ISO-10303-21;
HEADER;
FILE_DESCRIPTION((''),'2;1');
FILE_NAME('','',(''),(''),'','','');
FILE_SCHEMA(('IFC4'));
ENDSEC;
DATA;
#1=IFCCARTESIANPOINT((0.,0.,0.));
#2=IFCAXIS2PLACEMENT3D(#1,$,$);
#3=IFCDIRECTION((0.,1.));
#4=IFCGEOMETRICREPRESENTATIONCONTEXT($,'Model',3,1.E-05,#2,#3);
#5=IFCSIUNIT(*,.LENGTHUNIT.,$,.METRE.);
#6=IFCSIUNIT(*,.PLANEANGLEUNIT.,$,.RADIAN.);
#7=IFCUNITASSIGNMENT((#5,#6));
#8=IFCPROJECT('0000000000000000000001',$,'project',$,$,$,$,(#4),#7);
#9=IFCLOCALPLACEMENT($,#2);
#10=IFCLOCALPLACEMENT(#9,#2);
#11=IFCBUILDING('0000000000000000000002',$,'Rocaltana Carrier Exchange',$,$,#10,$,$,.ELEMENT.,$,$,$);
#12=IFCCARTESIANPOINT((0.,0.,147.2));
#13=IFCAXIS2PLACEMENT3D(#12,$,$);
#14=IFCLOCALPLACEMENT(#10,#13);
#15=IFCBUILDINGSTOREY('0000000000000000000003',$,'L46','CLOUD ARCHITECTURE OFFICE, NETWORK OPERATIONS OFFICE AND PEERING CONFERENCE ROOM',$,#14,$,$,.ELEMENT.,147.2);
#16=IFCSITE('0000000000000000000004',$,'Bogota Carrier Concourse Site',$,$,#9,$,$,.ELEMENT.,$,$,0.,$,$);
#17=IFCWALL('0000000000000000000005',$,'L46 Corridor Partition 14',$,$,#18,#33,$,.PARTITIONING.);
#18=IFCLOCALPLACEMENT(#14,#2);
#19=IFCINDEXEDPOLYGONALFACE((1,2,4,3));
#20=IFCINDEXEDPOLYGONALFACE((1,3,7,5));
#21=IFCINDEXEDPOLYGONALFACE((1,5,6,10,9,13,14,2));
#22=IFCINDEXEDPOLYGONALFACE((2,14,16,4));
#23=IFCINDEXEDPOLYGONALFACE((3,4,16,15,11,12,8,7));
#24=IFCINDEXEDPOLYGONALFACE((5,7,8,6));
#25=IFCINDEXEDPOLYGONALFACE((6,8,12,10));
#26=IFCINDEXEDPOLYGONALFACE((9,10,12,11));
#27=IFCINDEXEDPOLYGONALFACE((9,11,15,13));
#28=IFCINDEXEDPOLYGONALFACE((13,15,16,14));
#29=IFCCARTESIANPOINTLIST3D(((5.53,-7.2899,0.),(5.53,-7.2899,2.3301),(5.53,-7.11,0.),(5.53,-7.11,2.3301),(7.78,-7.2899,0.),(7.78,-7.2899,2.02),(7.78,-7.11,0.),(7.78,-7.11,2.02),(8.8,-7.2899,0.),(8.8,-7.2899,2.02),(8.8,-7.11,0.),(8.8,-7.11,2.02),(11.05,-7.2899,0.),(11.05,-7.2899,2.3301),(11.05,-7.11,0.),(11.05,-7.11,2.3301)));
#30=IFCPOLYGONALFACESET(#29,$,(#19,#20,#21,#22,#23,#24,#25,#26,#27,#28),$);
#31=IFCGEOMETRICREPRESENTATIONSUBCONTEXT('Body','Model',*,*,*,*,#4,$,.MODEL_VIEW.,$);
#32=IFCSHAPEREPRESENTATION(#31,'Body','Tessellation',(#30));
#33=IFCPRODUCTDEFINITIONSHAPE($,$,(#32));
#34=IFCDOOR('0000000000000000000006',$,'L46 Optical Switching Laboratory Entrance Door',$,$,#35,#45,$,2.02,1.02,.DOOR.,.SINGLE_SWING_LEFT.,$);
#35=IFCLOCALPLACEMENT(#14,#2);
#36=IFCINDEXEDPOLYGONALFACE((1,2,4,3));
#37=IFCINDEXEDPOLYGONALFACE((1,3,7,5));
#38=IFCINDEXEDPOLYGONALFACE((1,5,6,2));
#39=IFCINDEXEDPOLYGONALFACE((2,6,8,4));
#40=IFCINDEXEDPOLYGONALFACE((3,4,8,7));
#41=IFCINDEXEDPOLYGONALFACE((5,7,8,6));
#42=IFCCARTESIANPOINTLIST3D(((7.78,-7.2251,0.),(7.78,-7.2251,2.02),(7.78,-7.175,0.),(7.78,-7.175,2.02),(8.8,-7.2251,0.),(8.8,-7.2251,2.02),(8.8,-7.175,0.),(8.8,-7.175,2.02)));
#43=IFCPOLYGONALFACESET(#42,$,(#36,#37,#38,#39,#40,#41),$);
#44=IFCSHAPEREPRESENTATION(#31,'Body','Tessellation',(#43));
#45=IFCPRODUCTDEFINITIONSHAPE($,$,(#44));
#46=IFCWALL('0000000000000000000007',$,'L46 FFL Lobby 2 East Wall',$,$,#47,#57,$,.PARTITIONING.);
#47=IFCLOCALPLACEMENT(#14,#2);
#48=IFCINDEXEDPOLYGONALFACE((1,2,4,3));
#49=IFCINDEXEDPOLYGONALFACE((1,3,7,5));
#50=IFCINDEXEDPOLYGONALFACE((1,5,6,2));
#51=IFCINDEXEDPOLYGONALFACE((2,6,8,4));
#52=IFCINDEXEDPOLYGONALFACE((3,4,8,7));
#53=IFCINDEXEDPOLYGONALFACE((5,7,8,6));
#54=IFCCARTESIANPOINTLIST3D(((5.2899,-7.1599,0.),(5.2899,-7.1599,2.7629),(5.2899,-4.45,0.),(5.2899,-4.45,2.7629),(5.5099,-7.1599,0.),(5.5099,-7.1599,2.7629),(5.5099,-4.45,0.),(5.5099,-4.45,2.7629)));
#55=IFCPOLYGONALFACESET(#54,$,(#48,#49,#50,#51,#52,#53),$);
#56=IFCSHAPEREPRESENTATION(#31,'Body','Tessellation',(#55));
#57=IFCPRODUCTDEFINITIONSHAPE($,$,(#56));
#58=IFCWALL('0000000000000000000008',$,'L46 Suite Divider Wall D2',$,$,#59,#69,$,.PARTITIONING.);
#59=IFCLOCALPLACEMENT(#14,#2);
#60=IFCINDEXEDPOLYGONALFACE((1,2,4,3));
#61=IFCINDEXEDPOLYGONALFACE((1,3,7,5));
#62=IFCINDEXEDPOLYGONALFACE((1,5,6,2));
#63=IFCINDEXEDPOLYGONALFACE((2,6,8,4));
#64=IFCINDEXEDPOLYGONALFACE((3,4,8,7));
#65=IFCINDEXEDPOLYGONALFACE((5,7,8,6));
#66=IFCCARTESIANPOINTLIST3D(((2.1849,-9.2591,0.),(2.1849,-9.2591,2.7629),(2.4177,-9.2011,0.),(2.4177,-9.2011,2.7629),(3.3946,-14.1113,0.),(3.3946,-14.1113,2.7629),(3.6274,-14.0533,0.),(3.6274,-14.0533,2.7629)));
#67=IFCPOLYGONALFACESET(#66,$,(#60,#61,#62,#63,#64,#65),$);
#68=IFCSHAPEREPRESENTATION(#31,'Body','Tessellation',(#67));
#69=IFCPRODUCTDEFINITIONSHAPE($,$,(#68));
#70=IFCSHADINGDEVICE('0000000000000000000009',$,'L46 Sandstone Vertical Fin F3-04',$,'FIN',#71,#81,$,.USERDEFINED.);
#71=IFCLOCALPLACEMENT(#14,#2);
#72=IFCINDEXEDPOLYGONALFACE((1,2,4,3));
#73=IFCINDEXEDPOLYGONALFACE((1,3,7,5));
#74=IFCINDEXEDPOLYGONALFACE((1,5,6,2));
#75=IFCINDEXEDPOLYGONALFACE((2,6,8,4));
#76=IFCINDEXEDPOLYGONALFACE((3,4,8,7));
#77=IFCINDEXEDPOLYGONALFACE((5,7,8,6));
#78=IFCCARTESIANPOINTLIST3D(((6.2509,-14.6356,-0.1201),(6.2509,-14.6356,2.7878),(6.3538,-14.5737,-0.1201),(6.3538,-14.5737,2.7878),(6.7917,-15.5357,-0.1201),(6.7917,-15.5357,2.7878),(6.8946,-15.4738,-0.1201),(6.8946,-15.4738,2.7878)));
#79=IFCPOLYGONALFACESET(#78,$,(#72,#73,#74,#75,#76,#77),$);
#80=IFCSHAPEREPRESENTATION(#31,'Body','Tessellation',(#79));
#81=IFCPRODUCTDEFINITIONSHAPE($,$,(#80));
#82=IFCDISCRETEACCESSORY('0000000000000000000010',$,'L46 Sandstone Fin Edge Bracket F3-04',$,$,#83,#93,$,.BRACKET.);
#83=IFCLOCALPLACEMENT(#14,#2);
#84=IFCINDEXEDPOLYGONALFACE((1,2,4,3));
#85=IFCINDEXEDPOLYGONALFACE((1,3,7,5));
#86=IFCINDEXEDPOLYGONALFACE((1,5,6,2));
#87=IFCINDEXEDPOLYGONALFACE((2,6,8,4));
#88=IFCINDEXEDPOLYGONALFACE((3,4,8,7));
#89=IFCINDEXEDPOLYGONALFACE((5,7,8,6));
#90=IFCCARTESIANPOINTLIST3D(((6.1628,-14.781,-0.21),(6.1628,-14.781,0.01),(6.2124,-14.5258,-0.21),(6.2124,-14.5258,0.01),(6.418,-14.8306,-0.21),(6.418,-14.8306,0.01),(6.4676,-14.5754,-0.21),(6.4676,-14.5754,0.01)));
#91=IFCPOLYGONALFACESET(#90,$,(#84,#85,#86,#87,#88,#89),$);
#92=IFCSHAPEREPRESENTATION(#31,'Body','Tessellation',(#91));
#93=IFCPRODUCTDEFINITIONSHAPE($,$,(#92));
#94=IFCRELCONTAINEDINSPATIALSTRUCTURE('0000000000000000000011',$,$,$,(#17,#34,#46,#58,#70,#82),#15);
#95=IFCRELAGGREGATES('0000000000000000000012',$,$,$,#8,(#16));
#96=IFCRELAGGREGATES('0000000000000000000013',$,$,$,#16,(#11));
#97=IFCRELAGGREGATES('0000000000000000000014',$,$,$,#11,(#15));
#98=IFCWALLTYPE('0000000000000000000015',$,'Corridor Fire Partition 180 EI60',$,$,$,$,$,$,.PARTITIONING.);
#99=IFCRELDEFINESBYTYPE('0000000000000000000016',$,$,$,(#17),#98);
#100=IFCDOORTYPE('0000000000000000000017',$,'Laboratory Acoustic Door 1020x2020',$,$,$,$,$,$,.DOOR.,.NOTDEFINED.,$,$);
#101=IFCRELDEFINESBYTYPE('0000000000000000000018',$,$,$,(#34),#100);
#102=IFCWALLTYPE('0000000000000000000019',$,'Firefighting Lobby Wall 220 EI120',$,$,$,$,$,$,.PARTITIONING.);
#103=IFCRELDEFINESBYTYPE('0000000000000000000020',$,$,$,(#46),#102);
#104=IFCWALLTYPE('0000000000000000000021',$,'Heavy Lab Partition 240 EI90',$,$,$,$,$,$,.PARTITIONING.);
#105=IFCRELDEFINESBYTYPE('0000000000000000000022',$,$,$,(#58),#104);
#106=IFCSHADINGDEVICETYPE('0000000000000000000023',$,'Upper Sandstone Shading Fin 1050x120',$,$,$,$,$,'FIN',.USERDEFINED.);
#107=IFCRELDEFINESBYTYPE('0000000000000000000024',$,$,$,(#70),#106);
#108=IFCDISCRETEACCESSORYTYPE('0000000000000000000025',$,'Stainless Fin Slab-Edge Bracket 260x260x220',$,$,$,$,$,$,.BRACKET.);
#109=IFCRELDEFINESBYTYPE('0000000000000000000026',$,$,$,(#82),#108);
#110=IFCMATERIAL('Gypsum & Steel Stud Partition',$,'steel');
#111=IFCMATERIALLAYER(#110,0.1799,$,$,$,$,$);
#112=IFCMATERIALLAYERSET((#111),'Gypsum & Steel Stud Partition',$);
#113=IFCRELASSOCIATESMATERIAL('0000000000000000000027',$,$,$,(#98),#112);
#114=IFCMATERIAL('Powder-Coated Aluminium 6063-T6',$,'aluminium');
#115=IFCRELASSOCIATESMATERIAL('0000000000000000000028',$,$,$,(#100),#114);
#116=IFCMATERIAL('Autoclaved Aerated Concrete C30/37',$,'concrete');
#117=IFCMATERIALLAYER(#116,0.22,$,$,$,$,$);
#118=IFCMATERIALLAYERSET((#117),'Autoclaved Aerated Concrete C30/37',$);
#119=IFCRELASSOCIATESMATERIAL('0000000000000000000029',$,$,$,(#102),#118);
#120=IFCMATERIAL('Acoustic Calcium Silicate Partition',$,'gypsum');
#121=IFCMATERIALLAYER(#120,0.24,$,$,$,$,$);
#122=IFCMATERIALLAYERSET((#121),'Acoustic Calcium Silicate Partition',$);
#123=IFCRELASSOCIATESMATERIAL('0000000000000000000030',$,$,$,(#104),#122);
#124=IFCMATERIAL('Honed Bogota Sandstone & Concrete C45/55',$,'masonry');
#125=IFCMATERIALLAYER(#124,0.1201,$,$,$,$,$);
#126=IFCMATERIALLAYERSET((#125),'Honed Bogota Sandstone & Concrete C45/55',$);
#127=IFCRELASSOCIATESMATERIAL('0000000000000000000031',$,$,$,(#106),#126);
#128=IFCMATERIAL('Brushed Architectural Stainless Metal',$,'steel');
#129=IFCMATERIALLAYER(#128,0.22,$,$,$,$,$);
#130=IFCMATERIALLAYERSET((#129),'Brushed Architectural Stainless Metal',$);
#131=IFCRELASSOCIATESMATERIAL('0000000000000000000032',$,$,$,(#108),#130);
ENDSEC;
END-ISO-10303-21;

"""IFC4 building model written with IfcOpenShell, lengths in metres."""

from ifc_helpers import new_model, si_unit, direction, frame, frame_2d, origin, origin_2d, place, context, subcontext, project, spatial, rectangle, extrude, material, layer, layer_set, type_object, element, fill, save


model = new_model("IFC4")

# Units and contexts
model_context = context("Model", 3, precision=1e-05, world=origin(), true_north=direction((0.0, 1.0)))
body_context = subcontext(model_context, "Body", "Model", "MODEL_VIEW")
ifc_project = project(units=[si_unit("LENGTHUNIT", "METRE"), si_unit("PLANEANGLEUNIT", "RADIAN")], contexts=[model_context])

# Site, building, storey
site_placement = place(None, origin())
site = spatial("IfcSite", under=ifc_project, at=site_placement, Name="Bogota Carrier Concourse Site", CompositionType="ELEMENT", RefElevation=0.0)
building_placement = place(site_placement, origin())
building = spatial("IfcBuilding", under=site, at=building_placement, Name="Rocaltana Carrier Exchange", CompositionType="ELEMENT")
storey_placement = place(building_placement, frame((0.0, 0.0, 147.2)))
storey = spatial("IfcBuildingStorey", under=building, at=storey_placement, Name="L46", Description="CLOUD ARCHITECTURE OFFICE, NETWORK OPERATIONS OFFICE AND PEERING CONFERENCE ROOM", CompositionType="ELEMENT", Elevation=147.2)

# Wall, opening, door
ifc_material_1 = material(Name="Gypsum & Steel Stud Partition", Category="steel")
ifc_layer_1 = layer(ifc_material_1, 0.1799)
ifc_layer_set_1 = layer_set([ifc_layer_1], Name="Gypsum & Steel Stud Partition")
wall_type_1 = type_object("IfcWallType", Name="Corridor Fire Partition 180 EI60", PredefinedType="PARTITIONING", material=ifc_layer_set_1)
wall_1_placement = place(storey_placement, frame((5.53, -7.2, 0.0), z_axis=(0.0, 0.0, 1.0), x_axis=(1.0, 0.0, 0.0)))
wall_1 = element("IfcWall", 1, at=wall_1_placement, inside=storey, type_object=wall_type_1, Name="L46 Corridor Partition 14", PredefinedType="PARTITIONING", context=body_context, shape_type="SweptSolid", body=[
    extrude(rectangle(XDim=5.52, YDim=0.1799, at=frame_2d((2.76, 0.0))), origin(), (0.0, 0.0, 1.0), 2.3301),
])
opening_placement = place(wall_1_placement, frame((2.25, 0.0, 0.0)))
opening = element("IfcOpeningElement", 2, at=opening_placement, cuts=wall_1, PredefinedType="OPENING", context=body_context, shape_type="SweptSolid", body=[
    extrude(rectangle(XDim=1.02, YDim=2.02, at=frame_2d((0.51, 1.01))), frame((0.0, 0.0999, 0.0), z_axis=(0.0, -1.0, 0.0), x_axis=(1.0, 0.0, 0.0)), (0.0, 0.0, 1.0), 0.2),
])
ifc_material_2 = material(Name="Powder-Coated Aluminium 6063-T6", Category="aluminium")
door_type = type_object("IfcDoorType", Name="Laboratory Acoustic Door 1020x2020", OperationType="NOTDEFINED", PredefinedType="DOOR", material=ifc_material_2)
door_placement = place(opening_placement, origin())
door = element("IfcDoor", 3, at=door_placement, inside=storey, type_object=door_type, Name="L46 Optical Switching Laboratory Entrance Door", OperationType="SINGLE_SWING_LEFT", OverallHeight=2.02, OverallWidth=1.02, PredefinedType="DOOR", context=body_context, shape_type="SweptSolid", body=[
    extrude(rectangle(XDim=1.02, YDim=2.02, at=frame_2d((0.51, 1.01))), frame((0.0, 0.0249, 0.0), z_axis=(0.0, -1.0, 0.0), x_axis=(1.0, 0.0, 0.0)), (0.0, 0.0, 1.0), 0.05),
])
fill(opening, door)

# Walls
ifc_material_3 = material(Name="Autoclaved Aerated Concrete C30/37", Category="concrete")
ifc_layer_2 = layer(ifc_material_3, 0.22)
ifc_layer_set_2 = layer_set([ifc_layer_2], Name="Autoclaved Aerated Concrete C30/37")
wall_type_2 = type_object("IfcWallType", Name="Firefighting Lobby Wall 220 EI120", PredefinedType="PARTITIONING", material=ifc_layer_set_2)
wall_2_placement = place(storey_placement, frame((5.3999, -7.1599, 0.0), z_axis=(0.0, 0.0, 1.0), x_axis=(0.0, 1.0, 0.0)))
element("IfcWall", 4, at=wall_2_placement, inside=storey, type_object=wall_type_2, Name="L46 FFL Lobby 2 East Wall", PredefinedType="PARTITIONING", context=body_context, shape_type="SweptSolid", body=[
    extrude(rectangle(XDim=2.71, YDim=0.22, at=frame_2d((1.355, 0.0))), origin(), (0.0, 0.0, 1.0), 2.7629),
])
ifc_material_4 = material(Name="Acoustic Calcium Silicate Partition", Category="gypsum")
ifc_layer_3 = layer(ifc_material_4, 0.24)
ifc_layer_set_3 = layer_set([ifc_layer_3], Name="Acoustic Calcium Silicate Partition")
wall_type_3 = type_object("IfcWallType", Name="Heavy Lab Partition 240 EI90", PredefinedType="PARTITIONING", material=ifc_layer_set_3)
wall_3_placement = place(storey_placement, frame((2.3013, -9.23, 0.0), z_axis=(0.0, 0.0, 1.0), x_axis=(0.241904, -0.9703, 0.0)))
element("IfcWall", 5, at=wall_3_placement, inside=storey, type_object=wall_type_3, Name="L46 Suite Divider Wall D2", PredefinedType="PARTITIONING", context=body_context, shape_type="SweptSolid", body=[
    extrude(rectangle(XDim=5.0007, YDim=0.24, at=frame_2d((2.5005, 0.0))), origin(), (0.0, 0.0, 1.0), 2.7629),
])

# Shading device
ifc_material_5 = material(Name="Honed Bogota Sandstone & Concrete C45/55", Category="masonry")
ifc_layer_4 = layer(ifc_material_5, 0.1201)
ifc_layer_set_4 = layer_set([ifc_layer_4], Name="Honed Bogota Sandstone & Concrete C45/55")
shading_device_type = type_object("IfcShadingDeviceType", Name="Upper Sandstone Shading Fin 1050x120", ElementType="FIN", PredefinedType="USERDEFINED", material=ifc_layer_set_4)
shading_device_placement = place(storey_placement, frame((6.5728, -15.0547, -0.1201), z_axis=(0.0, 0.0, 1.0), x_axis=(0.515038, -0.857167, 0.0)))
element("IfcShadingDevice", 6, at=shading_device_placement, inside=storey, type_object=shading_device_type, Name="L46 Sandstone Vertical Fin F3-04", ObjectType="FIN", PredefinedType="USERDEFINED", context=body_context, shape_type="SweptSolid", body=[
    extrude(rectangle(XDim=1.05, YDim=0.1201, at=origin_2d()), origin(), (0.0, 0.0, 1.0), 2.908),
])

# Discrete accessory
ifc_material_6 = material(Name="Brushed Architectural Stainless Metal", Category="steel")
ifc_layer_5 = layer(ifc_material_6, 0.22)
ifc_layer_set_5 = layer_set([ifc_layer_5], Name="Brushed Architectural Stainless Metal")
discrete_accessory_type = type_object("IfcDiscreteAccessoryType", Name="Stainless Fin Slab-Edge Bracket 260x260x220", PredefinedType="BRACKET", material=ifc_layer_set_5)
discrete_accessory_placement = place(storey_placement, frame((6.3152, -14.6782, -0.21), z_axis=(0.0, 0.0, 1.0), x_axis=(0.981627, -0.190809, 0.0)))
element("IfcDiscreteAccessory", 7, at=discrete_accessory_placement, inside=storey, type_object=discrete_accessory_type, Name="L46 Sandstone Fin Edge Bracket F3-04", PredefinedType="BRACKET", context=body_context, shape_type="SweptSolid", body=[
    extrude(rectangle(XDim=0.26, YDim=0.26, at=origin_2d()), origin(), (0.0, 0.0, 1.0), 0.22),
])

save(model, "model.ifc")
